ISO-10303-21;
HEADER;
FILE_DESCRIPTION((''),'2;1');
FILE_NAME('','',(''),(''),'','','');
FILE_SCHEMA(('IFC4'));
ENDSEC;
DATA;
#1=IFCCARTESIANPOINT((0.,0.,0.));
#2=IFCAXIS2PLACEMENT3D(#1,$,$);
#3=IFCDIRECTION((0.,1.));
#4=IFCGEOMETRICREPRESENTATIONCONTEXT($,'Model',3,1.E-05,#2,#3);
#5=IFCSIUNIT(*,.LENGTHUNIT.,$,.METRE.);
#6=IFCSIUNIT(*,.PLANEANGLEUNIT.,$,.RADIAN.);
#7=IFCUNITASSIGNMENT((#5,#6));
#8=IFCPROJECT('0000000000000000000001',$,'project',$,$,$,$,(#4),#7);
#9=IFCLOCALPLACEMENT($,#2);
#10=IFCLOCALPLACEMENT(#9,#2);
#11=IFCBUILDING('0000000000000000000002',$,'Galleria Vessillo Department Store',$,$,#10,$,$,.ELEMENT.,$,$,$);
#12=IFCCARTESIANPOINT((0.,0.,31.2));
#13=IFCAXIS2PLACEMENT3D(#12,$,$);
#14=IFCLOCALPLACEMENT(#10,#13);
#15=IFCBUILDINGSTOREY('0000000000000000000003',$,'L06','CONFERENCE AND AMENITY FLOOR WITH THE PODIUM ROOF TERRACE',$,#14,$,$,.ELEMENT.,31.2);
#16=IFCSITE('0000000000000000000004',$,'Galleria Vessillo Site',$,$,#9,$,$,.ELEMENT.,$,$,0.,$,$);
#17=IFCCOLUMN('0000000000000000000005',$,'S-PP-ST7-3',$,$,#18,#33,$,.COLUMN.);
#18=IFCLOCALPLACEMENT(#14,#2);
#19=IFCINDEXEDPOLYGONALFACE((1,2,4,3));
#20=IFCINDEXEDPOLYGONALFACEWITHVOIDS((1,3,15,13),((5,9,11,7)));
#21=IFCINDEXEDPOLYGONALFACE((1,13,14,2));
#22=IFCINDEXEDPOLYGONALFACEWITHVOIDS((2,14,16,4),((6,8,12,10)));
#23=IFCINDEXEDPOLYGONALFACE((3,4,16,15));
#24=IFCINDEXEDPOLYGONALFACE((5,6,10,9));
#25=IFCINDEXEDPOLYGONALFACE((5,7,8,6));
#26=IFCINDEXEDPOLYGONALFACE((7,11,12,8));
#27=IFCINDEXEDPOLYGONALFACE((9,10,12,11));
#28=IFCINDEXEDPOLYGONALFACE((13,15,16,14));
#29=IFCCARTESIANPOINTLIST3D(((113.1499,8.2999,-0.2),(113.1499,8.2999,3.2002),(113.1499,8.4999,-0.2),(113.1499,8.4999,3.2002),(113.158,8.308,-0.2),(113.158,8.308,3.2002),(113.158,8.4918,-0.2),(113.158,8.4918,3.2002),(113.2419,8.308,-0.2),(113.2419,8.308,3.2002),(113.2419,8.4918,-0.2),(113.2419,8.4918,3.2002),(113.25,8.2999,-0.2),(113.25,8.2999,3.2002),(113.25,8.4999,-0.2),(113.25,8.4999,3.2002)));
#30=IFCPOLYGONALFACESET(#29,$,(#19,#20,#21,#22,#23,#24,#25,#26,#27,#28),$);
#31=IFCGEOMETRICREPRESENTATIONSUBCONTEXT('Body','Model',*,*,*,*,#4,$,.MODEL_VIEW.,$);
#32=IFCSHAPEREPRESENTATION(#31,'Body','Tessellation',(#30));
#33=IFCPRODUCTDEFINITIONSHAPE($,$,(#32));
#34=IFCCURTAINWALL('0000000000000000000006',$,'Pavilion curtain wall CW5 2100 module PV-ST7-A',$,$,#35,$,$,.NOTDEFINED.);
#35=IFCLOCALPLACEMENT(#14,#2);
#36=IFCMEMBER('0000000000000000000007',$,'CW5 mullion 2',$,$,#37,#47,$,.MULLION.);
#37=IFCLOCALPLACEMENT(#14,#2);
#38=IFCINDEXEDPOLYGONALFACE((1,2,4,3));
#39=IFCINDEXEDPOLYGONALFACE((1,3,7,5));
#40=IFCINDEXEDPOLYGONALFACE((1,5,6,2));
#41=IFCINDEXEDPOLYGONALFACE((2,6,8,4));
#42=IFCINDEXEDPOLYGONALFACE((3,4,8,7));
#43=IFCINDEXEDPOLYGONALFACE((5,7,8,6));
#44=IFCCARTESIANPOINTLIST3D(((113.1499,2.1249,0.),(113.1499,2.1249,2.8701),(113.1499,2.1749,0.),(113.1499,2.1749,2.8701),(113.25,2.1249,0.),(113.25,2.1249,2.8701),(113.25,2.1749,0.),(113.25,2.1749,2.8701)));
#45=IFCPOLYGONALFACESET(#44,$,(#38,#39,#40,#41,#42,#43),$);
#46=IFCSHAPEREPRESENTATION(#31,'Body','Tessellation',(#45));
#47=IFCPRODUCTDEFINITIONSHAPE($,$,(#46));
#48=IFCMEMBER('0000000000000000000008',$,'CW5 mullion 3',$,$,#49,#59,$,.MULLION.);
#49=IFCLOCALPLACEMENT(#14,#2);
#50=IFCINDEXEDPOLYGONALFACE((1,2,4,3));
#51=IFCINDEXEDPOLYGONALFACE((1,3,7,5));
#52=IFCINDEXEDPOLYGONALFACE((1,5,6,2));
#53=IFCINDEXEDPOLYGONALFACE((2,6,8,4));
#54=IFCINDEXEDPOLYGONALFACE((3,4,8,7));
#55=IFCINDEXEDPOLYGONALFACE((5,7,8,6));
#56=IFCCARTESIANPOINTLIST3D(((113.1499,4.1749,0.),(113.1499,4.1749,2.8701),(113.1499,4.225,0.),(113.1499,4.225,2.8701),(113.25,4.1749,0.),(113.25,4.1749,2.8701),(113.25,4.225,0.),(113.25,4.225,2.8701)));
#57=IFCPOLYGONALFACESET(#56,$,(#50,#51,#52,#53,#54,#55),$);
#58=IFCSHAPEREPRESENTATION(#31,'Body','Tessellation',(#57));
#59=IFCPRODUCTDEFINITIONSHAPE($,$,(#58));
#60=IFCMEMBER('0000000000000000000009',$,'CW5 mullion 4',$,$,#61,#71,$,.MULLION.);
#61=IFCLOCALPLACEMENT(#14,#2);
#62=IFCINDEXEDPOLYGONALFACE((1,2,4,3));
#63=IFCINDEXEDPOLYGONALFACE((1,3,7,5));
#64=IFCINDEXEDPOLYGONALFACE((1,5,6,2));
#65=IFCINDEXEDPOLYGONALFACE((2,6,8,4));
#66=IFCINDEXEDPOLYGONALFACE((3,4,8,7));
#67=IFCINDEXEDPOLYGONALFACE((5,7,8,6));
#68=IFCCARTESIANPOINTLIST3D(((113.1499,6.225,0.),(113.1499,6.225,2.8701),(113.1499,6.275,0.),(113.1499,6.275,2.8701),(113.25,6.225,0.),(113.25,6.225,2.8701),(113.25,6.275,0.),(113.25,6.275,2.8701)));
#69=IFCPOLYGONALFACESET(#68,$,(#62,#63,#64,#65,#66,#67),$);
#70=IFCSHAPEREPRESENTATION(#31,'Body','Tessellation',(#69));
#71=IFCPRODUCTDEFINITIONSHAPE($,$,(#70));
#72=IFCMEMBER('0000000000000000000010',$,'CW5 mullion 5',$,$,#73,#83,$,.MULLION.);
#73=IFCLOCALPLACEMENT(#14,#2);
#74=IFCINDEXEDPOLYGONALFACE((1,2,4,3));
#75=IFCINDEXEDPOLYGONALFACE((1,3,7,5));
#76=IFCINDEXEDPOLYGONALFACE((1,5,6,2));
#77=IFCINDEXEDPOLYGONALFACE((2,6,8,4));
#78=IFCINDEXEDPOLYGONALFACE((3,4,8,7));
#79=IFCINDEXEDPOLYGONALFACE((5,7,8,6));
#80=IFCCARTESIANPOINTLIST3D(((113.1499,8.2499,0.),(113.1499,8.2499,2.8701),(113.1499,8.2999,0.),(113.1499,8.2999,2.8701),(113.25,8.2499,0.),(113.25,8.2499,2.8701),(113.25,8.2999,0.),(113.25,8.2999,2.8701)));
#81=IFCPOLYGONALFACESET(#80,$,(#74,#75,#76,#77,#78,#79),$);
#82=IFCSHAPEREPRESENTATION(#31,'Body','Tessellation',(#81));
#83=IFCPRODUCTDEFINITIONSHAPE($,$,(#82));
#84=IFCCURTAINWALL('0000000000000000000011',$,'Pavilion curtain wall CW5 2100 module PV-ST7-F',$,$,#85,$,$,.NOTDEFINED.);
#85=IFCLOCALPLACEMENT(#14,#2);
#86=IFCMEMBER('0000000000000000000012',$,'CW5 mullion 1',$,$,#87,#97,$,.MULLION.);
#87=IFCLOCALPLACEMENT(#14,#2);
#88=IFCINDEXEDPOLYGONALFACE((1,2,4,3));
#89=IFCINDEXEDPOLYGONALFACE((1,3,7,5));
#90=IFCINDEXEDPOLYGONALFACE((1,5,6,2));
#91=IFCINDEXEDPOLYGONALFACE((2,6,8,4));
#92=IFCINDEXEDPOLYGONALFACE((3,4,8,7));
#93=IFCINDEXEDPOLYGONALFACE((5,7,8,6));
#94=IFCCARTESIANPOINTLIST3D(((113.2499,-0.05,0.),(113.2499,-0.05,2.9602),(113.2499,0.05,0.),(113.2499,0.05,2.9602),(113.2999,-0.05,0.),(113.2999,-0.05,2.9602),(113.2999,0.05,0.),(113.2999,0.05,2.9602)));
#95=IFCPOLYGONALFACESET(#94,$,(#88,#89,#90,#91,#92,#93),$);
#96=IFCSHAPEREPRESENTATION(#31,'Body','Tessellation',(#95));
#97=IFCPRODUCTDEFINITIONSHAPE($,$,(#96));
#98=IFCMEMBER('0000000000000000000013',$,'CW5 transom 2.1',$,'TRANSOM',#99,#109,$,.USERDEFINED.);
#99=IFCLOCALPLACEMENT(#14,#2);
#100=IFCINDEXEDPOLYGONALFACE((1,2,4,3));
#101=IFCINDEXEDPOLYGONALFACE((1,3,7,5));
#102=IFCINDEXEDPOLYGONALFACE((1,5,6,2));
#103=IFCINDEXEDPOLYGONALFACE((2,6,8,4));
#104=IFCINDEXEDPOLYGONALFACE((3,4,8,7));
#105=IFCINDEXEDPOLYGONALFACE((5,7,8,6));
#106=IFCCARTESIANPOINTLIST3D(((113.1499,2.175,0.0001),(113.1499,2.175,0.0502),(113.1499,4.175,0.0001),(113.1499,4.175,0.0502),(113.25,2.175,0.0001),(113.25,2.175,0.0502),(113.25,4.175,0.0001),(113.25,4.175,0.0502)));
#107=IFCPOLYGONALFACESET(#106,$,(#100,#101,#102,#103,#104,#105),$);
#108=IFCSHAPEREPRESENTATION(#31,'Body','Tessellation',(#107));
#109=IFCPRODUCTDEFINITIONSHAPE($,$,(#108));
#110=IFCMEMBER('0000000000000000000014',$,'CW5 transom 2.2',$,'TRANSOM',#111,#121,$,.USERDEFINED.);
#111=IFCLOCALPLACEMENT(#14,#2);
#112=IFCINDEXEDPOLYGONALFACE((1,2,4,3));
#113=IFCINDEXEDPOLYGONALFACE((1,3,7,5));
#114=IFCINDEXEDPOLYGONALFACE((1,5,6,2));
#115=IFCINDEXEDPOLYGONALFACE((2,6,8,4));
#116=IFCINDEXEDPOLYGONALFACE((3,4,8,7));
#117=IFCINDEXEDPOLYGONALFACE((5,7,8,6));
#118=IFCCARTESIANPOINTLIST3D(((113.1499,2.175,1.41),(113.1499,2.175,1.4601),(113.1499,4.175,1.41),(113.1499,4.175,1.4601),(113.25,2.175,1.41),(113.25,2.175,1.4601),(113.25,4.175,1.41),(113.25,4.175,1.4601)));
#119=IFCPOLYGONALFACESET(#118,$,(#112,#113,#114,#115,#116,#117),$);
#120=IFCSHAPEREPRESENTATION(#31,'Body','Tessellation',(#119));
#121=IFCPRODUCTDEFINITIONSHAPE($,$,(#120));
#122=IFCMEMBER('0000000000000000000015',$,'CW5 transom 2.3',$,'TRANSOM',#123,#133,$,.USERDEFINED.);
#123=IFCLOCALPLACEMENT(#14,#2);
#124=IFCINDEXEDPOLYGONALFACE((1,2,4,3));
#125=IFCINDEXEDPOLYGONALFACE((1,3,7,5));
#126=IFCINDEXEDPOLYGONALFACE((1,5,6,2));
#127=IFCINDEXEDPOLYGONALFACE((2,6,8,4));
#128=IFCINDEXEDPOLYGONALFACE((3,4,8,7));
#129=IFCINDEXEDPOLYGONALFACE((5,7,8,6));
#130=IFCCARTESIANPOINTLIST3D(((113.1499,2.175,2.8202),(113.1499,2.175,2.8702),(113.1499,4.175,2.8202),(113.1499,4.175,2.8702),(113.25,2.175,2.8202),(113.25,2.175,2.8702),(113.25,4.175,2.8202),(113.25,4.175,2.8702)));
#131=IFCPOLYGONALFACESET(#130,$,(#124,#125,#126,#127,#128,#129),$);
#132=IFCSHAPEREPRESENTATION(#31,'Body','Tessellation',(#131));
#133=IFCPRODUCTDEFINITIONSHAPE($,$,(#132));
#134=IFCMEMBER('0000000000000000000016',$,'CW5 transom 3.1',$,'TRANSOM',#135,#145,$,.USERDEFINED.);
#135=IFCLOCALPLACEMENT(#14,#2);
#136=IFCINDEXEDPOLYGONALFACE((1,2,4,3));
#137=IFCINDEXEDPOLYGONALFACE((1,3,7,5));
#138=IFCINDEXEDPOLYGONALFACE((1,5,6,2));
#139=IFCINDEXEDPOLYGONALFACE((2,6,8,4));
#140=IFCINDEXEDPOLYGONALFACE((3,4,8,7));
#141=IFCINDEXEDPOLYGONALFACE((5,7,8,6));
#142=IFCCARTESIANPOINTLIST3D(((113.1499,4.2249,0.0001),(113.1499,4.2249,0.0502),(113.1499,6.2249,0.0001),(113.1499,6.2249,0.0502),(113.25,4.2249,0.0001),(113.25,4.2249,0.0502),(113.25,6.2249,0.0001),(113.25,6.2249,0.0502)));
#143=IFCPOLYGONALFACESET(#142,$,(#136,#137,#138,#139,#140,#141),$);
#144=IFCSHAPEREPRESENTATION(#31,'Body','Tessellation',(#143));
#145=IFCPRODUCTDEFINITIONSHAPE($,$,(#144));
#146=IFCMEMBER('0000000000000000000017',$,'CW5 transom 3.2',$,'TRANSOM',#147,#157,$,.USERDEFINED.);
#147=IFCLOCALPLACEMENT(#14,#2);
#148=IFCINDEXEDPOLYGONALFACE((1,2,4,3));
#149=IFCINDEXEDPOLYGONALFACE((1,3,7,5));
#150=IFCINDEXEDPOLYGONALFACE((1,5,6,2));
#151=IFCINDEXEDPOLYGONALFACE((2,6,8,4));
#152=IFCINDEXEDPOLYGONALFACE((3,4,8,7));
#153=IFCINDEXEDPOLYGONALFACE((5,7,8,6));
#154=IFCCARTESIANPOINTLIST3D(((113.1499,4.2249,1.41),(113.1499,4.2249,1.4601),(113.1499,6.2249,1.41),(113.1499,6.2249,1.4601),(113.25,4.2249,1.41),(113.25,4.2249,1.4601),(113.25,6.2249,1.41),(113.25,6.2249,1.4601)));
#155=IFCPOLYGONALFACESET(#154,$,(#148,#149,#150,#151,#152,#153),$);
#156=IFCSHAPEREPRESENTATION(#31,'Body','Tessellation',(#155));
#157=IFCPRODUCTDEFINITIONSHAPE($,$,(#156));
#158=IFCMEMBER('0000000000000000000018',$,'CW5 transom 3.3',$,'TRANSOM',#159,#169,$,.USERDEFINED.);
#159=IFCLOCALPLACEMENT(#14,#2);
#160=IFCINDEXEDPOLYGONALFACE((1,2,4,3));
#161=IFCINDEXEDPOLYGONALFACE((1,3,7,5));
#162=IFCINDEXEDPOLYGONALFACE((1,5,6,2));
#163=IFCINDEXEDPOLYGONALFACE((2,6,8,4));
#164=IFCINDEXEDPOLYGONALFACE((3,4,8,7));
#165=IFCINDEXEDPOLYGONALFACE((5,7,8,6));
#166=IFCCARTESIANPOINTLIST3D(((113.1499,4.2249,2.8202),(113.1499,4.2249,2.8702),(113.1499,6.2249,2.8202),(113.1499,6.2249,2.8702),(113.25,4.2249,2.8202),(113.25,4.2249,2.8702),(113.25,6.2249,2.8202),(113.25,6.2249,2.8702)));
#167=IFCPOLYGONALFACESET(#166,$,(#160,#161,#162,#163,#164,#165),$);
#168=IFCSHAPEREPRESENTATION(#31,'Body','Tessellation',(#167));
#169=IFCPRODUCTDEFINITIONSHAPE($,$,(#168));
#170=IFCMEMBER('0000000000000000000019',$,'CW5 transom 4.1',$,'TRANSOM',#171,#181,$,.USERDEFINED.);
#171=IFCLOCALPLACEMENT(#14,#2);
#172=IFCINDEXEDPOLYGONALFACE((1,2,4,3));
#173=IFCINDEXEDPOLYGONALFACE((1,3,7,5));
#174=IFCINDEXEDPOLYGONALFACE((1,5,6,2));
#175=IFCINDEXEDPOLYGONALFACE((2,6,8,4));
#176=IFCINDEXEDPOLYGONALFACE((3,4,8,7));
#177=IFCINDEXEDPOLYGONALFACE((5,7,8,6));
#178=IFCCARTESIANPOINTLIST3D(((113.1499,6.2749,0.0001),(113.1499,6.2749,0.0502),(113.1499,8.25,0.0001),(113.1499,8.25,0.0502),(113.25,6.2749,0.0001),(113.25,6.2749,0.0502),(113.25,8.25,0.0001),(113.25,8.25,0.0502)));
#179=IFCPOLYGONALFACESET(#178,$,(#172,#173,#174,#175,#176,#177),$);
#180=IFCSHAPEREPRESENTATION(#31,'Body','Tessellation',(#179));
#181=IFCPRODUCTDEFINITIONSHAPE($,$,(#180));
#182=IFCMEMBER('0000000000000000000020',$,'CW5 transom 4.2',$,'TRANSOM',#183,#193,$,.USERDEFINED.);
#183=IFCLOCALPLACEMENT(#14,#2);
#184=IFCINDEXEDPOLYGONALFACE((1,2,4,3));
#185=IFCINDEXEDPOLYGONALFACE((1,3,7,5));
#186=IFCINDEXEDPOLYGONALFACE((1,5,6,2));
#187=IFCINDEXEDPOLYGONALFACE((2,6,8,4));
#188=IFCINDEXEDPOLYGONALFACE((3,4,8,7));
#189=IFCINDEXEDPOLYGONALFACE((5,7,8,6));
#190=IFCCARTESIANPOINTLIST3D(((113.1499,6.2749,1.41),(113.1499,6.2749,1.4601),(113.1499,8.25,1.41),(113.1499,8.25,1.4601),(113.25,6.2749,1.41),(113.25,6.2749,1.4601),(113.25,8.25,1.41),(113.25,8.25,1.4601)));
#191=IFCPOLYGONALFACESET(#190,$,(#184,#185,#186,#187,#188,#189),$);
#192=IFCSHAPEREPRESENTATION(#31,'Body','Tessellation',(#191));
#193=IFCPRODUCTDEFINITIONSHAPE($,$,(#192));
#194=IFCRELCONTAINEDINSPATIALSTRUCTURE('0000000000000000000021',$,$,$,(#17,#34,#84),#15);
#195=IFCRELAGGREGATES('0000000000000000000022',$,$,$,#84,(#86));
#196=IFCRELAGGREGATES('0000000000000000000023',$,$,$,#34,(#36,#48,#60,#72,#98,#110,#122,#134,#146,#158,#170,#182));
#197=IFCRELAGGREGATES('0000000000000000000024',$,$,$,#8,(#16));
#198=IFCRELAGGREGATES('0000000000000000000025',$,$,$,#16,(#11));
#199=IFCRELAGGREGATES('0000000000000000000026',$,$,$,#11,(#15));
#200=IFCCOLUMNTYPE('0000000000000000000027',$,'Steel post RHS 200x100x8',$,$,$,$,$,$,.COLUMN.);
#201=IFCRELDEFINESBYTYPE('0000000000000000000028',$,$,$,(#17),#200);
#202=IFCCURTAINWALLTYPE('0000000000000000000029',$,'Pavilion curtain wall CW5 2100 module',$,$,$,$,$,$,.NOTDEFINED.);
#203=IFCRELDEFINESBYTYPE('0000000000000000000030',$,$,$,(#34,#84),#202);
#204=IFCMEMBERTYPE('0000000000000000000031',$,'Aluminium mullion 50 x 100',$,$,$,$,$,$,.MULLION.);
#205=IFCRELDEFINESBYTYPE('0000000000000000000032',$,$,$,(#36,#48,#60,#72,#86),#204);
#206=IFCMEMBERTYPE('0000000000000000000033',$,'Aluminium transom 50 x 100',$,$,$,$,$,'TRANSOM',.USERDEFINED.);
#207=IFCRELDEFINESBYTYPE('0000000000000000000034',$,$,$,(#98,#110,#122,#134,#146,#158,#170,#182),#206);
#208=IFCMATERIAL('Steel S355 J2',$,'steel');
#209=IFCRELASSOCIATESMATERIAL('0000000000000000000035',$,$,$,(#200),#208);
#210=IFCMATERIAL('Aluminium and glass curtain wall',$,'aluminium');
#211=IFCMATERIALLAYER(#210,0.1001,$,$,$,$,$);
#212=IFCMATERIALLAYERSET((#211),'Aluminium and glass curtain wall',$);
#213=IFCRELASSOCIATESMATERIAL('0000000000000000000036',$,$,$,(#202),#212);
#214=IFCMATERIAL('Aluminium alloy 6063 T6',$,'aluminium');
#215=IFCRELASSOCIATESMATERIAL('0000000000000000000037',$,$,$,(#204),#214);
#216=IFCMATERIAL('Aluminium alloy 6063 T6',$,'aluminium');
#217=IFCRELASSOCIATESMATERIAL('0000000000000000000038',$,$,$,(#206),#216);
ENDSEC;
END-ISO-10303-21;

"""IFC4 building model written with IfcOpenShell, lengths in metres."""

from ifc_helpers import new_model, si_unit, direction, frame, origin, origin_2d, place, context, subcontext, project, spatial, rectangle, hollow_rectangle, extrude, material, layer, layer_set, material_profile, profile_set, type_object, element, aggregate, save


model = new_model("IFC4")

# Units and contexts
model_context = context("Model", 3, precision=1e-05, world=origin(), true_north=direction((0.0, 1.0)))
body_context = subcontext(model_context, "Body", "Model", "MODEL_VIEW")
ifc_project = project(units=[si_unit("LENGTHUNIT", "METRE"), si_unit("PLANEANGLEUNIT", "RADIAN")], contexts=[model_context])

# Site, building, storey
site_placement = place(None, origin())
site = spatial("IfcSite", under=ifc_project, at=site_placement, Name="Galleria Vessillo Site", CompositionType="ELEMENT", RefElevation=0.0)
building_placement = place(site_placement, origin())
building = spatial("IfcBuilding", under=site, at=building_placement, Name="Galleria Vessillo Department Store", CompositionType="ELEMENT")
storey_placement = place(building_placement, frame((0.0, 0.0, 31.2)))
storey = spatial("IfcBuildingStorey", under=building, at=storey_placement, Name="L06", Description="CONFERENCE AND AMENITY FLOOR WITH THE PODIUM ROOF TERRACE", CompositionType="ELEMENT", Elevation=31.2)

# Column
ifc_material_1 = material(Name="Steel S355 J2", Category="steel")
ifc_material_profile_1 = material_profile(ifc_material_1, hollow_rectangle(XDim=0.1001, YDim=0.2, WallThickness=0.0081, at=origin_2d()), Name="RHS 200x100x8")
ifc_profile_set_1 = profile_set([ifc_material_profile_1], Name="Steel S355 J2")
column_type = type_object("IfcColumnType", Name="Steel post RHS 200x100x8", PredefinedType="COLUMN", material=ifc_profile_set_1)
column_placement = place(storey_placement, frame((113.2, 8.3999, -0.2), z_axis=(0.0, 0.0, 1.0), x_axis=(1.0, 0.0, 0.0)))
element("IfcColumn", 1, at=column_placement, inside=storey, type_object=column_type, Name="S-PP-ST7-3", PredefinedType="COLUMN", context=body_context, shape_type="SweptSolid", body=[
    extrude(hollow_rectangle(XDim=0.1001, YDim=0.2, WallThickness=0.0081, at=origin_2d()), origin(), (0.0, 0.0, 1.0), 3.4001),
])

# Curtain wall, members
ifc_material_2 = material(Name="Aluminium and glass curtain wall", Category="aluminium")
ifc_layer_1 = layer(ifc_material_2, 0.1001)
ifc_layer_set_1 = layer_set([ifc_layer_1], Name="Aluminium and glass curtain wall")
curtain_wall_type = type_object("IfcCurtainWallType", Name="Pavilion curtain wall CW5 2100 module", PredefinedType="NOTDEFINED", material=ifc_layer_set_1)
curtain_wall_1_placement = place(storey_placement, origin())
curtain_wall_1 = element("IfcCurtainWall", 2, at=curtain_wall_1_placement, inside=storey, type_object=curtain_wall_type, Name="Pavilion curtain wall CW5 2100 module PV-ST7-A", PredefinedType="NOTDEFINED")
ifc_material_3 = material(Name="Aluminium alloy 6063 T6", Category="aluminium")
ifc_material_profile_2 = material_profile(ifc_material_3, rectangle(XDim=0.1001, YDim=0.05, at=origin_2d()), Name="AL 50x100")
ifc_profile_set_2 = profile_set([ifc_material_profile_2], Name="Aluminium alloy 6063 T6")
member_type_1 = type_object("IfcMemberType", Name="Aluminium mullion 50 x 100", PredefinedType="MULLION", material=ifc_profile_set_2)
member_1_placement = place(storey_placement, frame((113.2, 2.1499, 0.0), z_axis=(0.0, 0.0, 1.0), x_axis=(-1.0, 0.0, 0.0)))
member_1 = element("IfcMember", 3, at=member_1_placement, type_object=member_type_1, Name="CW5 mullion 2", PredefinedType="MULLION", context=body_context, shape_type="SweptSolid", body=[
    extrude(rectangle(XDim=0.1001, YDim=0.05, at=origin_2d()), origin(), (0.0, 0.0, 1.0), 2.8701),
])
member_2_placement = place(storey_placement, frame((113.2, 4.2, 0.0), z_axis=(0.0, 0.0, 1.0), x_axis=(-1.0, 0.0, 0.0)))
member_2 = element("IfcMember", 4, at=member_2_placement, type_object=member_type_1, Name="CW5 mullion 3", PredefinedType="MULLION", context=body_context, shape_type="SweptSolid", body=[
    extrude(rectangle(XDim=0.1001, YDim=0.05, at=origin_2d()), origin(), (0.0, 0.0, 1.0), 2.8701),
])
member_3_placement = place(storey_placement, frame((113.2, 6.25, 0.0), z_axis=(0.0, 0.0, 1.0), x_axis=(-1.0, 0.0, 0.0)))
member_3 = element("IfcMember", 5, at=member_3_placement, type_object=member_type_1, Name="CW5 mullion 4", PredefinedType="MULLION", context=body_context, shape_type="SweptSolid", body=[
    extrude(rectangle(XDim=0.1001, YDim=0.05, at=origin_2d()), origin(), (0.0, 0.0, 1.0), 2.8701),
])
member_4_placement = place(storey_placement, frame((113.2, 8.2749, 0.0), z_axis=(0.0, 0.0, 1.0), x_axis=(-1.0, 0.0, 0.0)))
member_4 = element("IfcMember", 6, at=member_4_placement, type_object=member_type_1, Name="CW5 mullion 5", PredefinedType="MULLION", context=body_context, shape_type="SweptSolid", body=[
    extrude(rectangle(XDim=0.1001, YDim=0.05, at=origin_2d()), origin(), (0.0, 0.0, 1.0), 2.8701),
])

# Curtain wall, member
curtain_wall_2_placement = place(storey_placement, origin())
curtain_wall_2 = element("IfcCurtainWall", 7, at=curtain_wall_2_placement, inside=storey, type_object=curtain_wall_type, Name="Pavilion curtain wall CW5 2100 module PV-ST7-F", PredefinedType="NOTDEFINED")
member_5_placement = place(storey_placement, frame((113.2749, 0.0, 0.0), z_axis=(0.0, 0.0, 1.0), x_axis=(0.0, 1.0, 0.0)))
member_5 = element("IfcMember", 8, at=member_5_placement, type_object=member_type_1, Name="CW5 mullion 1", PredefinedType="MULLION", context=body_context, shape_type="SweptSolid", body=[
    extrude(rectangle(XDim=0.1001, YDim=0.05, at=origin_2d()), origin(), (0.0, 0.0, 1.0), 2.9602),
])
aggregate(curtain_wall_2, [member_5])

# Members
ifc_material_4 = material(Name="Aluminium alloy 6063 T6", Category="aluminium")
ifc_material_profile_3 = material_profile(ifc_material_4, rectangle(XDim=0.1001, YDim=0.05, at=origin_2d()), Name="AL 50x100")
ifc_profile_set_3 = profile_set([ifc_material_profile_3], Name="Aluminium alloy 6063 T6")
member_type_2 = type_object("IfcMemberType", Name="Aluminium transom 50 x 100", ElementType="TRANSOM", PredefinedType="USERDEFINED", material=ifc_profile_set_3)
member_6_placement = place(storey_placement, frame((113.2, 2.175, 0.0251), z_axis=(0.0, 1.0, 0.0), x_axis=(-1.0, 0.0, 0.0)))
member_6 = element("IfcMember", 9, at=member_6_placement, type_object=member_type_2, Name="CW5 transom 2.1", ObjectType="TRANSOM", PredefinedType="USERDEFINED", context=body_context, shape_type="SweptSolid", body=[
    extrude(rectangle(XDim=0.1001, YDim=0.05, at=origin_2d()), origin(), (0.0, 0.0, 1.0), 2.0),
])
member_7_placement = place(storey_placement, frame((113.2, 2.175, 1.4351), z_axis=(0.0, 1.0, 0.0), x_axis=(-1.0, 0.0, 0.0)))
member_7 = element("IfcMember", 10, at=member_7_placement, type_object=member_type_2, Name="CW5 transom 2.2", ObjectType="TRANSOM", PredefinedType="USERDEFINED", context=body_context, shape_type="SweptSolid", body=[
    extrude(rectangle(XDim=0.1001, YDim=0.05, at=origin_2d()), origin(), (0.0, 0.0, 1.0), 2.0),
])
member_8_placement = place(storey_placement, frame((113.2, 2.175, 2.8452), z_axis=(0.0, 1.0, 0.0), x_axis=(-1.0, 0.0, 0.0)))
member_8 = element("IfcMember", 11, at=member_8_placement, type_object=member_type_2, Name="CW5 transom 2.3", ObjectType="TRANSOM", PredefinedType="USERDEFINED", context=body_context, shape_type="SweptSolid", body=[
    extrude(rectangle(XDim=0.1001, YDim=0.05, at=origin_2d()), origin(), (0.0, 0.0, 1.0), 2.0),
])
member_9_placement = place(storey_placement, frame((113.2, 4.2249, 0.0251), z_axis=(0.0, 1.0, 0.0), x_axis=(-1.0, 0.0, 0.0)))
member_9 = element("IfcMember", 12, at=member_9_placement, type_object=member_type_2, Name="CW5 transom 3.1", ObjectType="TRANSOM", PredefinedType="USERDEFINED", context=body_context, shape_type="SweptSolid", body=[
    extrude(rectangle(XDim=0.1001, YDim=0.05, at=origin_2d()), origin(), (0.0, 0.0, 1.0), 2.0),
])
member_10_placement = place(storey_placement, frame((113.2, 4.2249, 1.4351), z_axis=(0.0, 1.0, 0.0), x_axis=(-1.0, 0.0, 0.0)))
member_10 = element("IfcMember", 13, at=member_10_placement, type_object=member_type_2, Name="CW5 transom 3.2", ObjectType="TRANSOM", PredefinedType="USERDEFINED", context=body_context, shape_type="SweptSolid", body=[
    extrude(rectangle(XDim=0.1001, YDim=0.05, at=origin_2d()), origin(), (0.0, 0.0, 1.0), 2.0),
])
member_11_placement = place(storey_placement, frame((113.2, 4.2249, 2.8452), z_axis=(0.0, 1.0, 0.0), x_axis=(-1.0, 0.0, 0.0)))
member_11 = element("IfcMember", 14, at=member_11_placement, type_object=member_type_2, Name="CW5 transom 3.3", ObjectType="TRANSOM", PredefinedType="USERDEFINED", context=body_context, shape_type="SweptSolid", body=[
    extrude(rectangle(XDim=0.1001, YDim=0.05, at=origin_2d()), origin(), (0.0, 0.0, 1.0), 2.0),
])
member_12_placement = place(storey_placement, frame((113.2, 6.2749, 0.0251), z_axis=(0.0, 1.0, 0.0), x_axis=(-1.0, 0.0, 0.0)))
member_12 = element("IfcMember", 15, at=member_12_placement, type_object=member_type_2, Name="CW5 transom 4.1", ObjectType="TRANSOM", PredefinedType="USERDEFINED", context=body_context, shape_type="SweptSolid", body=[
    extrude(rectangle(XDim=0.1001, YDim=0.05, at=origin_2d()), origin(), (0.0, 0.0, 1.0), 1.9751),
])
member_13_placement = place(storey_placement, frame((113.2, 6.2749, 1.4351), z_axis=(0.0, 1.0, 0.0), x_axis=(-1.0, 0.0, 0.0)))
member_13 = element("IfcMember", 16, at=member_13_placement, type_object=member_type_2, Name="CW5 transom 4.2", ObjectType="TRANSOM", PredefinedType="USERDEFINED", context=body_context, shape_type="SweptSolid", body=[
    extrude(rectangle(XDim=0.1001, YDim=0.05, at=origin_2d()), origin(), (0.0, 0.0, 1.0), 1.9751),
])

aggregate(curtain_wall_1, [member_1, member_2, member_3, member_4, member_6, member_7, member_8, member_9, member_10, member_11, member_12, member_13])

save(model, "model.ifc")
